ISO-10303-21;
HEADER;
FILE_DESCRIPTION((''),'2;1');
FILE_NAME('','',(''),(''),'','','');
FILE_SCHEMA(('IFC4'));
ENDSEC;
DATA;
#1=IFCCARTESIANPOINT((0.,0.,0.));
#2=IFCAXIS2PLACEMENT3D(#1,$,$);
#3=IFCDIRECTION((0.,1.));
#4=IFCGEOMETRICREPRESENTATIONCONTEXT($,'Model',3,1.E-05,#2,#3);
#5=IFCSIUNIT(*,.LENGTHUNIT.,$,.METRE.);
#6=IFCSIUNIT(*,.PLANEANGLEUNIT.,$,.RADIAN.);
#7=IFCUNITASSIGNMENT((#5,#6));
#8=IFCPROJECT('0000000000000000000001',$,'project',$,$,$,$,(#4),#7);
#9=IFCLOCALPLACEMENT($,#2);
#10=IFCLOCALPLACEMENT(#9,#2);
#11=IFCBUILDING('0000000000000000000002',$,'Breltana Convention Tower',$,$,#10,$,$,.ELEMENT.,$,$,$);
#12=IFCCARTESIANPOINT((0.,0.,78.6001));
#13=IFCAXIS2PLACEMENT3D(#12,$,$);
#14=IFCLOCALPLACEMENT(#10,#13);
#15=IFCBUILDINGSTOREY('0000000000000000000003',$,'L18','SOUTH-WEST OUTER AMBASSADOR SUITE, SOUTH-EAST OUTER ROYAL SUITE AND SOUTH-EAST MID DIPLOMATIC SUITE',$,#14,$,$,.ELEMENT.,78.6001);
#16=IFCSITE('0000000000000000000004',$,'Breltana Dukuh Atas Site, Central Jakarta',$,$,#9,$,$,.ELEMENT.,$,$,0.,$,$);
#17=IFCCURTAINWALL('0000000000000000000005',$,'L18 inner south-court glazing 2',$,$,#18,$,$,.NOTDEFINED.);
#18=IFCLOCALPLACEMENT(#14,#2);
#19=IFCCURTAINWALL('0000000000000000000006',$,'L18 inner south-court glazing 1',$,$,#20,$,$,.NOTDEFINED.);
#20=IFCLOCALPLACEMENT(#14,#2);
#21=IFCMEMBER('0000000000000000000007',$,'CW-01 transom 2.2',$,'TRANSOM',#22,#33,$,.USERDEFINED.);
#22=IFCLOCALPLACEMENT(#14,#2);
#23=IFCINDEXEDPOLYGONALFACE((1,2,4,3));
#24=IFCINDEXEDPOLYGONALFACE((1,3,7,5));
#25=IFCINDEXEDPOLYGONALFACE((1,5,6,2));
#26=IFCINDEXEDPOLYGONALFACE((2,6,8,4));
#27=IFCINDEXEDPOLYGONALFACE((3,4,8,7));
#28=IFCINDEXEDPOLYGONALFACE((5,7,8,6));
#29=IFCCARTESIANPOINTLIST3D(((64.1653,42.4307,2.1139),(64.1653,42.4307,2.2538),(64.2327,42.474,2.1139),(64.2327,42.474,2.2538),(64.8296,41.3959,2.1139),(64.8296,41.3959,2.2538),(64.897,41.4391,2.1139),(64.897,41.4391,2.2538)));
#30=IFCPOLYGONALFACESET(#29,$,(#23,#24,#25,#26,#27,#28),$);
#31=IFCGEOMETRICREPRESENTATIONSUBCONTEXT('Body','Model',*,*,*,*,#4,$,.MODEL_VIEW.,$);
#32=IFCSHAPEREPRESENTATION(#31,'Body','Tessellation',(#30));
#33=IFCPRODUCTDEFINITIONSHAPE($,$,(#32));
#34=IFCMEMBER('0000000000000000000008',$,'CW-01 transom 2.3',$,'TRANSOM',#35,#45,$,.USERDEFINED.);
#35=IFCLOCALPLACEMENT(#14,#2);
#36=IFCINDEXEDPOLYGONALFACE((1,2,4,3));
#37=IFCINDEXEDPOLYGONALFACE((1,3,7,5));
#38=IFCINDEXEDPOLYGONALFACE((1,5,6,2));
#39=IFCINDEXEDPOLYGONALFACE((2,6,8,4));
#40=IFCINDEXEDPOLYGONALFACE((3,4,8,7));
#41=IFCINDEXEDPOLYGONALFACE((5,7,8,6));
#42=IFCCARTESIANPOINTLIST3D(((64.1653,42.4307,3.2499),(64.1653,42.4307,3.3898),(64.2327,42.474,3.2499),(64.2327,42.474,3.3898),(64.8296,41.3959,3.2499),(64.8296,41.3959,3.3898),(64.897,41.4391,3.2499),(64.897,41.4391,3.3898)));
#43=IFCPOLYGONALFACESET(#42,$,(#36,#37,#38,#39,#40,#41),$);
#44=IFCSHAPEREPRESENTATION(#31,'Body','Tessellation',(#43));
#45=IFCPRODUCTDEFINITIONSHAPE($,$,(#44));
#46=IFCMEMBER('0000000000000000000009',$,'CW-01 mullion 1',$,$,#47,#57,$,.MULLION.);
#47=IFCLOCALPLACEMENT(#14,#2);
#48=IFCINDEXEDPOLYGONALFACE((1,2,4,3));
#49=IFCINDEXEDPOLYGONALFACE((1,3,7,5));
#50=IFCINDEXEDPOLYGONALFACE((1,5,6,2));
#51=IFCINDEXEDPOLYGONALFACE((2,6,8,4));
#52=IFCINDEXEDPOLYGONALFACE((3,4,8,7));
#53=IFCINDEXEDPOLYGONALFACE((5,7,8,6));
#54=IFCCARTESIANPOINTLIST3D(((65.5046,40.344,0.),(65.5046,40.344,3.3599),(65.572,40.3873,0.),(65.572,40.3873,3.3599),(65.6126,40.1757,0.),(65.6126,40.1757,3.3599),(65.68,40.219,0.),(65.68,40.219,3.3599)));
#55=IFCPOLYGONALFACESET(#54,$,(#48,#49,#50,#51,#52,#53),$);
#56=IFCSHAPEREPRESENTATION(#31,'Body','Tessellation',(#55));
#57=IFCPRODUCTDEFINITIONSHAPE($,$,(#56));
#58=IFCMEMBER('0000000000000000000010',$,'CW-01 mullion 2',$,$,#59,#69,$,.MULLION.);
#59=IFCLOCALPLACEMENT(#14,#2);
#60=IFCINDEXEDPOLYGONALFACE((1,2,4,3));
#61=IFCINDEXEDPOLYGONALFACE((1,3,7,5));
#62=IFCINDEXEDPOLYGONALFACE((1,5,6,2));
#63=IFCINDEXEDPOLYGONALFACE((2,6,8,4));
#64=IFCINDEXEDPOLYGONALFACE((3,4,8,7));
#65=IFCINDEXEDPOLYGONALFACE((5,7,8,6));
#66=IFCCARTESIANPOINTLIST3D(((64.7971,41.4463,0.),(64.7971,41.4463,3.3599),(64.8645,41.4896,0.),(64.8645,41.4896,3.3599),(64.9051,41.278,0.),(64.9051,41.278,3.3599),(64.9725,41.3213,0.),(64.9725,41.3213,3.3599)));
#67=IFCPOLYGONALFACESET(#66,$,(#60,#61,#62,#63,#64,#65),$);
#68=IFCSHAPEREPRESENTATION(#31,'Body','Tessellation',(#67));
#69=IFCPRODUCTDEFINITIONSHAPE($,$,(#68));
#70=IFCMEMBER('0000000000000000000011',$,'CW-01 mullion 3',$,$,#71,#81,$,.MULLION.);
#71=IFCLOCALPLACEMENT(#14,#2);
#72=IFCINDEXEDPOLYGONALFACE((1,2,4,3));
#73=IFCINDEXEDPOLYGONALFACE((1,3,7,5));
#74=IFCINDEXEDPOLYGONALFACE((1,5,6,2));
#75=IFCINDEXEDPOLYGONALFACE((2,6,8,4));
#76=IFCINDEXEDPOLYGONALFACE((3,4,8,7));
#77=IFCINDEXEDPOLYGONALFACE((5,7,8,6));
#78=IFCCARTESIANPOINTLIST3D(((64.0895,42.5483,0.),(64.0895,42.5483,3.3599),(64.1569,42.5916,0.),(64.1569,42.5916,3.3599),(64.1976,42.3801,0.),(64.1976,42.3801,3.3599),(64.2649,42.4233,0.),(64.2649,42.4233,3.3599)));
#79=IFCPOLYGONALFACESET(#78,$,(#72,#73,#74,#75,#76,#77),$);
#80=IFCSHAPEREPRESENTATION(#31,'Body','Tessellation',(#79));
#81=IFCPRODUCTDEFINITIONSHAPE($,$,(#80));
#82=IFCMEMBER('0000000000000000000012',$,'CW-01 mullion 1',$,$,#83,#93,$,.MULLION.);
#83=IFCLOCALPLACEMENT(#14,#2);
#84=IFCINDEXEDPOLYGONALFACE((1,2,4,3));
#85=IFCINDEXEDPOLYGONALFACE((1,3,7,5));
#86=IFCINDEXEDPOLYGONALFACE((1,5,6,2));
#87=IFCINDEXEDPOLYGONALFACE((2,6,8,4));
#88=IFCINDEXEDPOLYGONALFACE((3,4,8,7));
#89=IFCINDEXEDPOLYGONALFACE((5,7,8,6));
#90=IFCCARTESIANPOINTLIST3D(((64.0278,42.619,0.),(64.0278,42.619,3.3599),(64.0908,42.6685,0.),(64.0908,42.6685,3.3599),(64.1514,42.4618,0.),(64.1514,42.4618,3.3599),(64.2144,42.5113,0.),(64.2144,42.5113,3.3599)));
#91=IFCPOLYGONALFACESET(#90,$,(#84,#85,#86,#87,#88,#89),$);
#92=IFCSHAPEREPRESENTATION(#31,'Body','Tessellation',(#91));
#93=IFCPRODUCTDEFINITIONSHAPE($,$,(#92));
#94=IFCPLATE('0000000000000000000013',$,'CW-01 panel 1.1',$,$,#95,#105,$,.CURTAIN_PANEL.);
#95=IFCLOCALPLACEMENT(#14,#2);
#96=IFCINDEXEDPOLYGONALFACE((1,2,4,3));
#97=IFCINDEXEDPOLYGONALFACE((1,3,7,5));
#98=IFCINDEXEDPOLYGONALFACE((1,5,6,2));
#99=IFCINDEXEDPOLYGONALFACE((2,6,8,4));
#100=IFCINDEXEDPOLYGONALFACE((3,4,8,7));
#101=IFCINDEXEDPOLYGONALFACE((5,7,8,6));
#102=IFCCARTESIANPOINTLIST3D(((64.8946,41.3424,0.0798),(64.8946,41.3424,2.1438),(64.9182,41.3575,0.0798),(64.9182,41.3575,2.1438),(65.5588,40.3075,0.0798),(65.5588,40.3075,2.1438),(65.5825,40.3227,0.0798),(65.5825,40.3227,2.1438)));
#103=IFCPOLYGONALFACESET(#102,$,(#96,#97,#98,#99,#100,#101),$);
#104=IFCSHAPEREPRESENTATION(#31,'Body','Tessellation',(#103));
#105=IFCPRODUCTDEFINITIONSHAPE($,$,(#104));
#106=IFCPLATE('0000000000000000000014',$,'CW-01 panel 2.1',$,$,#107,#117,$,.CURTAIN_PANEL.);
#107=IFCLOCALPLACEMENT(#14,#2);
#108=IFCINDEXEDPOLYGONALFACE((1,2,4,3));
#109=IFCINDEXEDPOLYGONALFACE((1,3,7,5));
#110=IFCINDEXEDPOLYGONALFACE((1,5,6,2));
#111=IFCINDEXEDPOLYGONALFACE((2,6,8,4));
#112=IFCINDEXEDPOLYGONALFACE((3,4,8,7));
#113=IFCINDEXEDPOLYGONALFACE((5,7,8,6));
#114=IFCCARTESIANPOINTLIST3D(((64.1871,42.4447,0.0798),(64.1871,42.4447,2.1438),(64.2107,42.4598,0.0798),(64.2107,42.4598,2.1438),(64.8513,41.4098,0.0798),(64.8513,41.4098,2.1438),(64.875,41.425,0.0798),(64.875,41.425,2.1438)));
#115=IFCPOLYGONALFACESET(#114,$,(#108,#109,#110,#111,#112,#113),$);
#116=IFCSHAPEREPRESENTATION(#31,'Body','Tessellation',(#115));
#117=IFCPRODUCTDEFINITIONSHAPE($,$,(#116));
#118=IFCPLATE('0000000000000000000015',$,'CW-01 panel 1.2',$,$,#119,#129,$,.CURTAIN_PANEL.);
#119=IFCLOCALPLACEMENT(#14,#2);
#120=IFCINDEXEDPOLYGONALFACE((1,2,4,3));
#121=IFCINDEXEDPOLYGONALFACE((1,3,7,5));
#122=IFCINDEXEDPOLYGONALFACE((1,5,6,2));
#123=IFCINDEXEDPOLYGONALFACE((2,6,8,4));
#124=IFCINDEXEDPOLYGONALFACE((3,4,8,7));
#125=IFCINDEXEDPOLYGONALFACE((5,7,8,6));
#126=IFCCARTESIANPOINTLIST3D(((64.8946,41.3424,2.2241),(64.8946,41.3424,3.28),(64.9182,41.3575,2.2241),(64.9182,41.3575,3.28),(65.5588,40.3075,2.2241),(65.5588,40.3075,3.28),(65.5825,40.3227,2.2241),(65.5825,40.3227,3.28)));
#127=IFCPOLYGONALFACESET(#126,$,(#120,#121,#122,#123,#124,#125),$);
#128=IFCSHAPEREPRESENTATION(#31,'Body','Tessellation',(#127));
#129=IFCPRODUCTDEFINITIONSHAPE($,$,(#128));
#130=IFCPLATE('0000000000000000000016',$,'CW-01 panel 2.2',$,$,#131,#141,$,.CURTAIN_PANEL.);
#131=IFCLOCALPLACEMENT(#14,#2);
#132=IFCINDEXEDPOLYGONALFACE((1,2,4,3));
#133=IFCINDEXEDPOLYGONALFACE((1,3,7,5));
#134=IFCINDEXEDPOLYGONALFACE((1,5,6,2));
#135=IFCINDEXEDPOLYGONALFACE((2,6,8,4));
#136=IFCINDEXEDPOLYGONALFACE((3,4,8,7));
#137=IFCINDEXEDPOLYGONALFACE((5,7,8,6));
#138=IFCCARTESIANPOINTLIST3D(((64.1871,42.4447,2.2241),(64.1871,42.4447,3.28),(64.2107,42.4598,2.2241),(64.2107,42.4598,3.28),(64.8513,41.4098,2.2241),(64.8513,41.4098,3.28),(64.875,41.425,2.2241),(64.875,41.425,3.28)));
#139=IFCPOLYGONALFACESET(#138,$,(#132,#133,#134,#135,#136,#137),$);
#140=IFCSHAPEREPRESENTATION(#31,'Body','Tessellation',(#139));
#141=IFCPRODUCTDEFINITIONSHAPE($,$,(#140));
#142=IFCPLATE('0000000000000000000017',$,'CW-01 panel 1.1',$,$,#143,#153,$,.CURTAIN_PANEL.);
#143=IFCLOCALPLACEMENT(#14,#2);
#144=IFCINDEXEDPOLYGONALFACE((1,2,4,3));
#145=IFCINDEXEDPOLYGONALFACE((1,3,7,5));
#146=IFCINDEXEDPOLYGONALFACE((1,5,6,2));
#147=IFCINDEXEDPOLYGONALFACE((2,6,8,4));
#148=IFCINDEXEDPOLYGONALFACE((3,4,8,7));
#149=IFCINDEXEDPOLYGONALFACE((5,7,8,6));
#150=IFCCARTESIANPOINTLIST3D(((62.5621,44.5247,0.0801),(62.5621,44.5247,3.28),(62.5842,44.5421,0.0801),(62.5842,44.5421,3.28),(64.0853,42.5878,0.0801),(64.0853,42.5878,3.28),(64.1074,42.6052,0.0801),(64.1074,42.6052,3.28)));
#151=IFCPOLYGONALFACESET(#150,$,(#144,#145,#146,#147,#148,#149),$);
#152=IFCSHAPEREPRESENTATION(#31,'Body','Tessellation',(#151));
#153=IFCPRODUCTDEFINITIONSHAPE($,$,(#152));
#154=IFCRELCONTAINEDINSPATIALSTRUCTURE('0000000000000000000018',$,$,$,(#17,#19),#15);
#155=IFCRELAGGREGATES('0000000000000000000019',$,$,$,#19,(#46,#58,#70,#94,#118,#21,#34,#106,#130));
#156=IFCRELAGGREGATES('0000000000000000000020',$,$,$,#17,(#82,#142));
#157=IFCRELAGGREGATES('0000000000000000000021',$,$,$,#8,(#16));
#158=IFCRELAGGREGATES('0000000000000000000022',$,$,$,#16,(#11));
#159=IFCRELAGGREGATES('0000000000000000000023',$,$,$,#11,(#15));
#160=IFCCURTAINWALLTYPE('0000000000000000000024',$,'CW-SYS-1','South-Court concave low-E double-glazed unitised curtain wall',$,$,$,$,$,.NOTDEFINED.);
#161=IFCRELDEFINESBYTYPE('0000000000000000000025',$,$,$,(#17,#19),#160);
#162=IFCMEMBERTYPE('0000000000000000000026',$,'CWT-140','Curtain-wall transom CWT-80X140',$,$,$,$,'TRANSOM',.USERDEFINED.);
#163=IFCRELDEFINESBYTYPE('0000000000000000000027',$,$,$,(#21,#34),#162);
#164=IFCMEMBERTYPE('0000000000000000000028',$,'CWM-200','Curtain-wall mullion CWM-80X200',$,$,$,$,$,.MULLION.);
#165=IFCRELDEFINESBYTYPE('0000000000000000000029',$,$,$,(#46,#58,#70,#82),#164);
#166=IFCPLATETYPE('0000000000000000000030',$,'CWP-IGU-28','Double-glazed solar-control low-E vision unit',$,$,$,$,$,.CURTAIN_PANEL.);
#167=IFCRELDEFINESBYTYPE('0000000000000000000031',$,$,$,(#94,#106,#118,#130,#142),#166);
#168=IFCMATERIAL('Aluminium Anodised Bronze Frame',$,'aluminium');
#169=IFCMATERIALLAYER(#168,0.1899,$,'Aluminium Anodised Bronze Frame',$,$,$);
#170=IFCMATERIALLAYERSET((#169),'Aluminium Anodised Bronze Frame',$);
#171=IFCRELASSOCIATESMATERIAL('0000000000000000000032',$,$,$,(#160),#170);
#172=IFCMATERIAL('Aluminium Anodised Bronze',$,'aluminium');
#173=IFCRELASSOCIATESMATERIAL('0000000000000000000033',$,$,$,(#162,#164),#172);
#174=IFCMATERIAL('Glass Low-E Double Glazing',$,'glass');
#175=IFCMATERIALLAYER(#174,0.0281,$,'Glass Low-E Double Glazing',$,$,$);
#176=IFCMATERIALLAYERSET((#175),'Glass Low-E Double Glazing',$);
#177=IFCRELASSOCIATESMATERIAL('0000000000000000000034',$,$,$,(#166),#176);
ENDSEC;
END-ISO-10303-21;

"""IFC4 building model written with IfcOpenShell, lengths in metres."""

from ifc_helpers import new_model, si_unit, direction, frame, origin, origin_2d, place, context, subcontext, project, spatial, rectangle, extrude, source, transform, mapped, material, layer, layer_set, material_profile, profile_set, type_object, element, aggregate, save


model = new_model("IFC4")

# Units and contexts
model_context = context("Model", 3, precision=1e-05, world=origin(), true_north=direction((0.0, 1.0)))
body_context = subcontext(model_context, "Body", "Model", "MODEL_VIEW")
ifc_project = project(units=[si_unit("LENGTHUNIT", "METRE"), si_unit("PLANEANGLEUNIT", "RADIAN")], contexts=[model_context])

# Site, building, storey
site_placement = place(None, origin())
site = spatial("IfcSite", under=ifc_project, at=site_placement, Name="Breltana Dukuh Atas Site, Central Jakarta", CompositionType="ELEMENT", RefElevation=0.0)
building_placement = place(site_placement, origin())
building = spatial("IfcBuilding", under=site, at=building_placement, Name="Breltana Convention Tower", CompositionType="ELEMENT")
storey_placement = place(building_placement, frame((0.0, 0.0, 78.6001)))
storey = spatial("IfcBuildingStorey", under=building, at=storey_placement, Name="L18", Description="SOUTH-WEST OUTER AMBASSADOR SUITE, SOUTH-EAST OUTER ROYAL SUITE AND SOUTH-EAST MID DIPLOMATIC SUITE", CompositionType="ELEMENT", Elevation=78.6001)

# Curtain walls, members
ifc_material_1 = material(Name="Aluminium Anodised Bronze Frame", Category="aluminium")
ifc_layer_1 = layer(ifc_material_1, 0.1899, Name="Aluminium Anodised Bronze Frame")
ifc_layer_set_1 = layer_set([ifc_layer_1], Name="Aluminium Anodised Bronze Frame")
curtain_wall_type = type_object("IfcCurtainWallType", Name="CW-SYS-1", Description="South-Court concave low-E double-glazed unitised curtain wall", PredefinedType="NOTDEFINED", material=ifc_layer_set_1)
curtain_wall_1_placement = place(storey_placement, origin())
curtain_wall_1 = element("IfcCurtainWall", 1, at=curtain_wall_1_placement, inside=storey, type_object=curtain_wall_type, Name="L18 inner south-court glazing 2", PredefinedType="NOTDEFINED")
ifc_material_2 = material(Name="Aluminium Anodised Bronze", Category="aluminium")
ifc_material_profile_1 = material_profile(ifc_material_2, rectangle(XDim=0.0801, YDim=0.1399, at=origin_2d()), Name="CWT-80X140")
ifc_profile_set_1 = profile_set([ifc_material_profile_1], Name="Aluminium Anodised Bronze")
member_type_1 = type_object("IfcMemberType", Name="CWT-140", Description="Curtain-wall transom CWT-80X140", ElementType="TRANSOM", PredefinedType="USERDEFINED", material=ifc_profile_set_1)
curtain_wall_2_placement = place(storey_placement, origin())
curtain_wall_2 = element("IfcCurtainWall", 2, at=curtain_wall_2_placement, inside=storey, type_object=curtain_wall_type, Name="L18 inner south-court glazing 1", PredefinedType="NOTDEFINED")
shared_shape_1 = source(origin(), body_context, "Body", "SweptSolid", [
    extrude(rectangle(XDim=0.0801, YDim=0.1399, at=origin_2d()), origin(), (0.0, 0.0, 1.0), 1.2297),
])
member_1_placement = place(storey_placement, frame((64.8633, 41.4175, 2.1838), z_axis=(-0.540186, 0.841546, 0.0), x_axis=(-0.841546, -0.540186, 0.0)))
member_1 = element("IfcMember", 3, at=member_1_placement, type_object=member_type_1, Name="CW-01 transom 2.2", ObjectType="TRANSOM", PredefinedType="USERDEFINED", context=body_context, shape_type="MappedRepresentation", body=[
    mapped(shared_shape_1, transform((0.0, 0.0, 0.0), scale=1.0)),
])
member_2_placement = place(storey_placement, frame((64.8633, 41.4175, 3.3198), z_axis=(-0.540186, 0.841546, 0.0), x_axis=(-0.841546, -0.540186, 0.0)))
member_2 = element("IfcMember", 4, at=member_2_placement, type_object=member_type_1, Name="CW-01 transom 2.3", ObjectType="TRANSOM", PredefinedType="USERDEFINED", context=body_context, shape_type="MappedRepresentation", body=[
    mapped(shared_shape_1, transform((0.0, 0.0, 0.0), scale=1.0)),
])
ifc_material_profile_2 = material_profile(ifc_material_2, rectangle(XDim=0.0801, YDim=0.2, at=origin_2d()), Name="CWM-80X200")
ifc_profile_set_2 = profile_set([ifc_material_profile_2], Name="Aluminium Anodised Bronze")
member_type_2 = type_object("IfcMemberType", Name="CWM-200", Description="Curtain-wall mullion CWM-80X200", PredefinedType="MULLION", material=ifc_profile_set_2)
shared_shape_2 = source(origin(), body_context, "Body", "SweptSolid", [
    extrude(rectangle(XDim=0.0801, YDim=0.2, at=origin_2d()), origin(), (0.0, 0.0, 1.0), 3.3599),
])
member_3_placement = place(storey_placement, frame((65.5923, 40.2815, 0.0), z_axis=(0.0, 0.0, 1.0), x_axis=(-0.841556, -0.54017, 0.0)))
member_3 = element("IfcMember", 5, at=member_3_placement, type_object=member_type_2, Name="CW-01 mullion 1", PredefinedType="MULLION", context=body_context, shape_type="MappedRepresentation", body=[
    mapped(shared_shape_2, transform((0.0, 0.0, 0.0), scale=1.0)),
])
member_4_placement = place(storey_placement, frame((64.8848, 41.3838, 0.0), z_axis=(0.0, 0.0, 1.0), x_axis=(-0.841556, -0.54017, 0.0)))
member_4 = element("IfcMember", 6, at=member_4_placement, type_object=member_type_2, Name="CW-01 mullion 2", PredefinedType="MULLION", context=body_context, shape_type="MappedRepresentation", body=[
    mapped(shared_shape_2, transform((0.0, 0.0, 0.0), scale=1.0)),
])
member_5_placement = place(storey_placement, frame((64.1772, 42.4858, 0.0), z_axis=(0.0, 0.0, 1.0), x_axis=(-0.841556, -0.54017, 0.0)))
member_5 = element("IfcMember", 7, at=member_5_placement, type_object=member_type_2, Name="CW-01 mullion 3", PredefinedType="MULLION", context=body_context, shape_type="MappedRepresentation", body=[
    mapped(shared_shape_2, transform((0.0, 0.0, 0.0), scale=1.0)),
])

# Member
member_6_placement = place(storey_placement, frame((64.1211, 42.5652, 0.0), z_axis=(0.0, 0.0, 1.0), x_axis=(-0.786058, -0.618153, 0.0)))
member_6 = element("IfcMember", 8, at=member_6_placement, type_object=member_type_2, Name="CW-01 mullion 1", PredefinedType="MULLION", context=body_context, shape_type="MappedRepresentation", body=[
    mapped(shared_shape_2, transform((0.0, 0.0, 0.0), scale=1.0)),
])

# Plates
ifc_material_3 = material(Name="Glass Low-E Double Glazing", Category="glass")
ifc_layer_2 = layer(ifc_material_3, 0.0281, Name="Glass Low-E Double Glazing")
ifc_layer_set_2 = layer_set([ifc_layer_2], Name="Glass Low-E Double Glazing")
plate_type = type_object("IfcPlateType", Name="CWP-IGU-28", Description="Double-glazed solar-control low-E vision unit", PredefinedType="CURTAIN_PANEL", material=ifc_layer_set_2)
shared_shape_3 = source(origin(), body_context, "Body", "SweptSolid", [
    extrude(rectangle(XDim=1.2297, YDim=0.0281, at=origin_2d()), origin(), (0.0, 0.0, 1.0), 2.064),
])
plate_1_placement = place(storey_placement, frame((65.2385, 40.8325, 0.0798), z_axis=(0.0, 0.0, 1.0), x_axis=(-0.54017, 0.841556, 0.0)))
plate_1 = element("IfcPlate", 9, at=plate_1_placement, type_object=plate_type, Name="CW-01 panel 1.1", PredefinedType="CURTAIN_PANEL", context=body_context, shape_type="MappedRepresentation", body=[
    mapped(shared_shape_3, transform((0.0, 0.0, 0.0), scale=1.0)),
])
plate_2_placement = place(storey_placement, frame((64.531, 41.9348, 0.0798), z_axis=(0.0, 0.0, 1.0), x_axis=(-0.54017, 0.841556, 0.0)))
plate_2 = element("IfcPlate", 10, at=plate_2_placement, type_object=plate_type, Name="CW-01 panel 2.1", PredefinedType="CURTAIN_PANEL", context=body_context, shape_type="MappedRepresentation", body=[
    mapped(shared_shape_3, transform((0.0, 0.0, 0.0), scale=1.0)),
])
shared_shape_4 = source(origin(), body_context, "Body", "SweptSolid", [
    extrude(rectangle(XDim=1.2297, YDim=0.0281, at=origin_2d()), origin(), (0.0, 0.0, 1.0), 1.0559),
])
plate_3_placement = place(storey_placement, frame((65.2385, 40.8325, 2.2241), z_axis=(0.0, 0.0, 1.0), x_axis=(-0.54017, 0.841556, 0.0)))
plate_3 = element("IfcPlate", 11, at=plate_3_placement, type_object=plate_type, Name="CW-01 panel 1.2", PredefinedType="CURTAIN_PANEL", context=body_context, shape_type="MappedRepresentation", body=[
    mapped(shared_shape_4, transform((0.0, 0.0, 0.0), scale=1.0)),
])
plate_4_placement = place(storey_placement, frame((64.531, 41.9348, 2.2241), z_axis=(0.0, 0.0, 1.0), x_axis=(-0.54017, 0.841556, 0.0)))
plate_4 = element("IfcPlate", 12, at=plate_4_placement, type_object=plate_type, Name="CW-01 panel 2.2", PredefinedType="CURTAIN_PANEL", context=body_context, shape_type="MappedRepresentation", body=[
    mapped(shared_shape_4, transform((0.0, 0.0, 0.0), scale=1.0)),
])
aggregate(curtain_wall_2, [member_3, member_4, member_5, plate_1, plate_3, member_1, member_2, plate_2, plate_4])
shared_shape_5 = source(origin(), body_context, "Body", "SweptSolid", [
    extrude(rectangle(XDim=2.4641, YDim=0.0281, at=origin_2d()), origin(), (0.0, 0.0, 1.0), 3.2),
])
plate_5_placement = place(storey_placement, frame((63.3347, 43.5649, 0.0801), z_axis=(0.0, 0.0, 1.0), x_axis=(-0.618153, 0.786058, 0.0)))
plate_5 = element("IfcPlate", 13, at=plate_5_placement, type_object=plate_type, Name="CW-01 panel 1.1", PredefinedType="CURTAIN_PANEL", context=body_context, shape_type="MappedRepresentation", body=[
    mapped(shared_shape_5, transform((0.0, 0.0, 0.0), scale=1.0)),
])
aggregate(curtain_wall_1, [member_6, plate_5])

save(model, "model.ifc")
